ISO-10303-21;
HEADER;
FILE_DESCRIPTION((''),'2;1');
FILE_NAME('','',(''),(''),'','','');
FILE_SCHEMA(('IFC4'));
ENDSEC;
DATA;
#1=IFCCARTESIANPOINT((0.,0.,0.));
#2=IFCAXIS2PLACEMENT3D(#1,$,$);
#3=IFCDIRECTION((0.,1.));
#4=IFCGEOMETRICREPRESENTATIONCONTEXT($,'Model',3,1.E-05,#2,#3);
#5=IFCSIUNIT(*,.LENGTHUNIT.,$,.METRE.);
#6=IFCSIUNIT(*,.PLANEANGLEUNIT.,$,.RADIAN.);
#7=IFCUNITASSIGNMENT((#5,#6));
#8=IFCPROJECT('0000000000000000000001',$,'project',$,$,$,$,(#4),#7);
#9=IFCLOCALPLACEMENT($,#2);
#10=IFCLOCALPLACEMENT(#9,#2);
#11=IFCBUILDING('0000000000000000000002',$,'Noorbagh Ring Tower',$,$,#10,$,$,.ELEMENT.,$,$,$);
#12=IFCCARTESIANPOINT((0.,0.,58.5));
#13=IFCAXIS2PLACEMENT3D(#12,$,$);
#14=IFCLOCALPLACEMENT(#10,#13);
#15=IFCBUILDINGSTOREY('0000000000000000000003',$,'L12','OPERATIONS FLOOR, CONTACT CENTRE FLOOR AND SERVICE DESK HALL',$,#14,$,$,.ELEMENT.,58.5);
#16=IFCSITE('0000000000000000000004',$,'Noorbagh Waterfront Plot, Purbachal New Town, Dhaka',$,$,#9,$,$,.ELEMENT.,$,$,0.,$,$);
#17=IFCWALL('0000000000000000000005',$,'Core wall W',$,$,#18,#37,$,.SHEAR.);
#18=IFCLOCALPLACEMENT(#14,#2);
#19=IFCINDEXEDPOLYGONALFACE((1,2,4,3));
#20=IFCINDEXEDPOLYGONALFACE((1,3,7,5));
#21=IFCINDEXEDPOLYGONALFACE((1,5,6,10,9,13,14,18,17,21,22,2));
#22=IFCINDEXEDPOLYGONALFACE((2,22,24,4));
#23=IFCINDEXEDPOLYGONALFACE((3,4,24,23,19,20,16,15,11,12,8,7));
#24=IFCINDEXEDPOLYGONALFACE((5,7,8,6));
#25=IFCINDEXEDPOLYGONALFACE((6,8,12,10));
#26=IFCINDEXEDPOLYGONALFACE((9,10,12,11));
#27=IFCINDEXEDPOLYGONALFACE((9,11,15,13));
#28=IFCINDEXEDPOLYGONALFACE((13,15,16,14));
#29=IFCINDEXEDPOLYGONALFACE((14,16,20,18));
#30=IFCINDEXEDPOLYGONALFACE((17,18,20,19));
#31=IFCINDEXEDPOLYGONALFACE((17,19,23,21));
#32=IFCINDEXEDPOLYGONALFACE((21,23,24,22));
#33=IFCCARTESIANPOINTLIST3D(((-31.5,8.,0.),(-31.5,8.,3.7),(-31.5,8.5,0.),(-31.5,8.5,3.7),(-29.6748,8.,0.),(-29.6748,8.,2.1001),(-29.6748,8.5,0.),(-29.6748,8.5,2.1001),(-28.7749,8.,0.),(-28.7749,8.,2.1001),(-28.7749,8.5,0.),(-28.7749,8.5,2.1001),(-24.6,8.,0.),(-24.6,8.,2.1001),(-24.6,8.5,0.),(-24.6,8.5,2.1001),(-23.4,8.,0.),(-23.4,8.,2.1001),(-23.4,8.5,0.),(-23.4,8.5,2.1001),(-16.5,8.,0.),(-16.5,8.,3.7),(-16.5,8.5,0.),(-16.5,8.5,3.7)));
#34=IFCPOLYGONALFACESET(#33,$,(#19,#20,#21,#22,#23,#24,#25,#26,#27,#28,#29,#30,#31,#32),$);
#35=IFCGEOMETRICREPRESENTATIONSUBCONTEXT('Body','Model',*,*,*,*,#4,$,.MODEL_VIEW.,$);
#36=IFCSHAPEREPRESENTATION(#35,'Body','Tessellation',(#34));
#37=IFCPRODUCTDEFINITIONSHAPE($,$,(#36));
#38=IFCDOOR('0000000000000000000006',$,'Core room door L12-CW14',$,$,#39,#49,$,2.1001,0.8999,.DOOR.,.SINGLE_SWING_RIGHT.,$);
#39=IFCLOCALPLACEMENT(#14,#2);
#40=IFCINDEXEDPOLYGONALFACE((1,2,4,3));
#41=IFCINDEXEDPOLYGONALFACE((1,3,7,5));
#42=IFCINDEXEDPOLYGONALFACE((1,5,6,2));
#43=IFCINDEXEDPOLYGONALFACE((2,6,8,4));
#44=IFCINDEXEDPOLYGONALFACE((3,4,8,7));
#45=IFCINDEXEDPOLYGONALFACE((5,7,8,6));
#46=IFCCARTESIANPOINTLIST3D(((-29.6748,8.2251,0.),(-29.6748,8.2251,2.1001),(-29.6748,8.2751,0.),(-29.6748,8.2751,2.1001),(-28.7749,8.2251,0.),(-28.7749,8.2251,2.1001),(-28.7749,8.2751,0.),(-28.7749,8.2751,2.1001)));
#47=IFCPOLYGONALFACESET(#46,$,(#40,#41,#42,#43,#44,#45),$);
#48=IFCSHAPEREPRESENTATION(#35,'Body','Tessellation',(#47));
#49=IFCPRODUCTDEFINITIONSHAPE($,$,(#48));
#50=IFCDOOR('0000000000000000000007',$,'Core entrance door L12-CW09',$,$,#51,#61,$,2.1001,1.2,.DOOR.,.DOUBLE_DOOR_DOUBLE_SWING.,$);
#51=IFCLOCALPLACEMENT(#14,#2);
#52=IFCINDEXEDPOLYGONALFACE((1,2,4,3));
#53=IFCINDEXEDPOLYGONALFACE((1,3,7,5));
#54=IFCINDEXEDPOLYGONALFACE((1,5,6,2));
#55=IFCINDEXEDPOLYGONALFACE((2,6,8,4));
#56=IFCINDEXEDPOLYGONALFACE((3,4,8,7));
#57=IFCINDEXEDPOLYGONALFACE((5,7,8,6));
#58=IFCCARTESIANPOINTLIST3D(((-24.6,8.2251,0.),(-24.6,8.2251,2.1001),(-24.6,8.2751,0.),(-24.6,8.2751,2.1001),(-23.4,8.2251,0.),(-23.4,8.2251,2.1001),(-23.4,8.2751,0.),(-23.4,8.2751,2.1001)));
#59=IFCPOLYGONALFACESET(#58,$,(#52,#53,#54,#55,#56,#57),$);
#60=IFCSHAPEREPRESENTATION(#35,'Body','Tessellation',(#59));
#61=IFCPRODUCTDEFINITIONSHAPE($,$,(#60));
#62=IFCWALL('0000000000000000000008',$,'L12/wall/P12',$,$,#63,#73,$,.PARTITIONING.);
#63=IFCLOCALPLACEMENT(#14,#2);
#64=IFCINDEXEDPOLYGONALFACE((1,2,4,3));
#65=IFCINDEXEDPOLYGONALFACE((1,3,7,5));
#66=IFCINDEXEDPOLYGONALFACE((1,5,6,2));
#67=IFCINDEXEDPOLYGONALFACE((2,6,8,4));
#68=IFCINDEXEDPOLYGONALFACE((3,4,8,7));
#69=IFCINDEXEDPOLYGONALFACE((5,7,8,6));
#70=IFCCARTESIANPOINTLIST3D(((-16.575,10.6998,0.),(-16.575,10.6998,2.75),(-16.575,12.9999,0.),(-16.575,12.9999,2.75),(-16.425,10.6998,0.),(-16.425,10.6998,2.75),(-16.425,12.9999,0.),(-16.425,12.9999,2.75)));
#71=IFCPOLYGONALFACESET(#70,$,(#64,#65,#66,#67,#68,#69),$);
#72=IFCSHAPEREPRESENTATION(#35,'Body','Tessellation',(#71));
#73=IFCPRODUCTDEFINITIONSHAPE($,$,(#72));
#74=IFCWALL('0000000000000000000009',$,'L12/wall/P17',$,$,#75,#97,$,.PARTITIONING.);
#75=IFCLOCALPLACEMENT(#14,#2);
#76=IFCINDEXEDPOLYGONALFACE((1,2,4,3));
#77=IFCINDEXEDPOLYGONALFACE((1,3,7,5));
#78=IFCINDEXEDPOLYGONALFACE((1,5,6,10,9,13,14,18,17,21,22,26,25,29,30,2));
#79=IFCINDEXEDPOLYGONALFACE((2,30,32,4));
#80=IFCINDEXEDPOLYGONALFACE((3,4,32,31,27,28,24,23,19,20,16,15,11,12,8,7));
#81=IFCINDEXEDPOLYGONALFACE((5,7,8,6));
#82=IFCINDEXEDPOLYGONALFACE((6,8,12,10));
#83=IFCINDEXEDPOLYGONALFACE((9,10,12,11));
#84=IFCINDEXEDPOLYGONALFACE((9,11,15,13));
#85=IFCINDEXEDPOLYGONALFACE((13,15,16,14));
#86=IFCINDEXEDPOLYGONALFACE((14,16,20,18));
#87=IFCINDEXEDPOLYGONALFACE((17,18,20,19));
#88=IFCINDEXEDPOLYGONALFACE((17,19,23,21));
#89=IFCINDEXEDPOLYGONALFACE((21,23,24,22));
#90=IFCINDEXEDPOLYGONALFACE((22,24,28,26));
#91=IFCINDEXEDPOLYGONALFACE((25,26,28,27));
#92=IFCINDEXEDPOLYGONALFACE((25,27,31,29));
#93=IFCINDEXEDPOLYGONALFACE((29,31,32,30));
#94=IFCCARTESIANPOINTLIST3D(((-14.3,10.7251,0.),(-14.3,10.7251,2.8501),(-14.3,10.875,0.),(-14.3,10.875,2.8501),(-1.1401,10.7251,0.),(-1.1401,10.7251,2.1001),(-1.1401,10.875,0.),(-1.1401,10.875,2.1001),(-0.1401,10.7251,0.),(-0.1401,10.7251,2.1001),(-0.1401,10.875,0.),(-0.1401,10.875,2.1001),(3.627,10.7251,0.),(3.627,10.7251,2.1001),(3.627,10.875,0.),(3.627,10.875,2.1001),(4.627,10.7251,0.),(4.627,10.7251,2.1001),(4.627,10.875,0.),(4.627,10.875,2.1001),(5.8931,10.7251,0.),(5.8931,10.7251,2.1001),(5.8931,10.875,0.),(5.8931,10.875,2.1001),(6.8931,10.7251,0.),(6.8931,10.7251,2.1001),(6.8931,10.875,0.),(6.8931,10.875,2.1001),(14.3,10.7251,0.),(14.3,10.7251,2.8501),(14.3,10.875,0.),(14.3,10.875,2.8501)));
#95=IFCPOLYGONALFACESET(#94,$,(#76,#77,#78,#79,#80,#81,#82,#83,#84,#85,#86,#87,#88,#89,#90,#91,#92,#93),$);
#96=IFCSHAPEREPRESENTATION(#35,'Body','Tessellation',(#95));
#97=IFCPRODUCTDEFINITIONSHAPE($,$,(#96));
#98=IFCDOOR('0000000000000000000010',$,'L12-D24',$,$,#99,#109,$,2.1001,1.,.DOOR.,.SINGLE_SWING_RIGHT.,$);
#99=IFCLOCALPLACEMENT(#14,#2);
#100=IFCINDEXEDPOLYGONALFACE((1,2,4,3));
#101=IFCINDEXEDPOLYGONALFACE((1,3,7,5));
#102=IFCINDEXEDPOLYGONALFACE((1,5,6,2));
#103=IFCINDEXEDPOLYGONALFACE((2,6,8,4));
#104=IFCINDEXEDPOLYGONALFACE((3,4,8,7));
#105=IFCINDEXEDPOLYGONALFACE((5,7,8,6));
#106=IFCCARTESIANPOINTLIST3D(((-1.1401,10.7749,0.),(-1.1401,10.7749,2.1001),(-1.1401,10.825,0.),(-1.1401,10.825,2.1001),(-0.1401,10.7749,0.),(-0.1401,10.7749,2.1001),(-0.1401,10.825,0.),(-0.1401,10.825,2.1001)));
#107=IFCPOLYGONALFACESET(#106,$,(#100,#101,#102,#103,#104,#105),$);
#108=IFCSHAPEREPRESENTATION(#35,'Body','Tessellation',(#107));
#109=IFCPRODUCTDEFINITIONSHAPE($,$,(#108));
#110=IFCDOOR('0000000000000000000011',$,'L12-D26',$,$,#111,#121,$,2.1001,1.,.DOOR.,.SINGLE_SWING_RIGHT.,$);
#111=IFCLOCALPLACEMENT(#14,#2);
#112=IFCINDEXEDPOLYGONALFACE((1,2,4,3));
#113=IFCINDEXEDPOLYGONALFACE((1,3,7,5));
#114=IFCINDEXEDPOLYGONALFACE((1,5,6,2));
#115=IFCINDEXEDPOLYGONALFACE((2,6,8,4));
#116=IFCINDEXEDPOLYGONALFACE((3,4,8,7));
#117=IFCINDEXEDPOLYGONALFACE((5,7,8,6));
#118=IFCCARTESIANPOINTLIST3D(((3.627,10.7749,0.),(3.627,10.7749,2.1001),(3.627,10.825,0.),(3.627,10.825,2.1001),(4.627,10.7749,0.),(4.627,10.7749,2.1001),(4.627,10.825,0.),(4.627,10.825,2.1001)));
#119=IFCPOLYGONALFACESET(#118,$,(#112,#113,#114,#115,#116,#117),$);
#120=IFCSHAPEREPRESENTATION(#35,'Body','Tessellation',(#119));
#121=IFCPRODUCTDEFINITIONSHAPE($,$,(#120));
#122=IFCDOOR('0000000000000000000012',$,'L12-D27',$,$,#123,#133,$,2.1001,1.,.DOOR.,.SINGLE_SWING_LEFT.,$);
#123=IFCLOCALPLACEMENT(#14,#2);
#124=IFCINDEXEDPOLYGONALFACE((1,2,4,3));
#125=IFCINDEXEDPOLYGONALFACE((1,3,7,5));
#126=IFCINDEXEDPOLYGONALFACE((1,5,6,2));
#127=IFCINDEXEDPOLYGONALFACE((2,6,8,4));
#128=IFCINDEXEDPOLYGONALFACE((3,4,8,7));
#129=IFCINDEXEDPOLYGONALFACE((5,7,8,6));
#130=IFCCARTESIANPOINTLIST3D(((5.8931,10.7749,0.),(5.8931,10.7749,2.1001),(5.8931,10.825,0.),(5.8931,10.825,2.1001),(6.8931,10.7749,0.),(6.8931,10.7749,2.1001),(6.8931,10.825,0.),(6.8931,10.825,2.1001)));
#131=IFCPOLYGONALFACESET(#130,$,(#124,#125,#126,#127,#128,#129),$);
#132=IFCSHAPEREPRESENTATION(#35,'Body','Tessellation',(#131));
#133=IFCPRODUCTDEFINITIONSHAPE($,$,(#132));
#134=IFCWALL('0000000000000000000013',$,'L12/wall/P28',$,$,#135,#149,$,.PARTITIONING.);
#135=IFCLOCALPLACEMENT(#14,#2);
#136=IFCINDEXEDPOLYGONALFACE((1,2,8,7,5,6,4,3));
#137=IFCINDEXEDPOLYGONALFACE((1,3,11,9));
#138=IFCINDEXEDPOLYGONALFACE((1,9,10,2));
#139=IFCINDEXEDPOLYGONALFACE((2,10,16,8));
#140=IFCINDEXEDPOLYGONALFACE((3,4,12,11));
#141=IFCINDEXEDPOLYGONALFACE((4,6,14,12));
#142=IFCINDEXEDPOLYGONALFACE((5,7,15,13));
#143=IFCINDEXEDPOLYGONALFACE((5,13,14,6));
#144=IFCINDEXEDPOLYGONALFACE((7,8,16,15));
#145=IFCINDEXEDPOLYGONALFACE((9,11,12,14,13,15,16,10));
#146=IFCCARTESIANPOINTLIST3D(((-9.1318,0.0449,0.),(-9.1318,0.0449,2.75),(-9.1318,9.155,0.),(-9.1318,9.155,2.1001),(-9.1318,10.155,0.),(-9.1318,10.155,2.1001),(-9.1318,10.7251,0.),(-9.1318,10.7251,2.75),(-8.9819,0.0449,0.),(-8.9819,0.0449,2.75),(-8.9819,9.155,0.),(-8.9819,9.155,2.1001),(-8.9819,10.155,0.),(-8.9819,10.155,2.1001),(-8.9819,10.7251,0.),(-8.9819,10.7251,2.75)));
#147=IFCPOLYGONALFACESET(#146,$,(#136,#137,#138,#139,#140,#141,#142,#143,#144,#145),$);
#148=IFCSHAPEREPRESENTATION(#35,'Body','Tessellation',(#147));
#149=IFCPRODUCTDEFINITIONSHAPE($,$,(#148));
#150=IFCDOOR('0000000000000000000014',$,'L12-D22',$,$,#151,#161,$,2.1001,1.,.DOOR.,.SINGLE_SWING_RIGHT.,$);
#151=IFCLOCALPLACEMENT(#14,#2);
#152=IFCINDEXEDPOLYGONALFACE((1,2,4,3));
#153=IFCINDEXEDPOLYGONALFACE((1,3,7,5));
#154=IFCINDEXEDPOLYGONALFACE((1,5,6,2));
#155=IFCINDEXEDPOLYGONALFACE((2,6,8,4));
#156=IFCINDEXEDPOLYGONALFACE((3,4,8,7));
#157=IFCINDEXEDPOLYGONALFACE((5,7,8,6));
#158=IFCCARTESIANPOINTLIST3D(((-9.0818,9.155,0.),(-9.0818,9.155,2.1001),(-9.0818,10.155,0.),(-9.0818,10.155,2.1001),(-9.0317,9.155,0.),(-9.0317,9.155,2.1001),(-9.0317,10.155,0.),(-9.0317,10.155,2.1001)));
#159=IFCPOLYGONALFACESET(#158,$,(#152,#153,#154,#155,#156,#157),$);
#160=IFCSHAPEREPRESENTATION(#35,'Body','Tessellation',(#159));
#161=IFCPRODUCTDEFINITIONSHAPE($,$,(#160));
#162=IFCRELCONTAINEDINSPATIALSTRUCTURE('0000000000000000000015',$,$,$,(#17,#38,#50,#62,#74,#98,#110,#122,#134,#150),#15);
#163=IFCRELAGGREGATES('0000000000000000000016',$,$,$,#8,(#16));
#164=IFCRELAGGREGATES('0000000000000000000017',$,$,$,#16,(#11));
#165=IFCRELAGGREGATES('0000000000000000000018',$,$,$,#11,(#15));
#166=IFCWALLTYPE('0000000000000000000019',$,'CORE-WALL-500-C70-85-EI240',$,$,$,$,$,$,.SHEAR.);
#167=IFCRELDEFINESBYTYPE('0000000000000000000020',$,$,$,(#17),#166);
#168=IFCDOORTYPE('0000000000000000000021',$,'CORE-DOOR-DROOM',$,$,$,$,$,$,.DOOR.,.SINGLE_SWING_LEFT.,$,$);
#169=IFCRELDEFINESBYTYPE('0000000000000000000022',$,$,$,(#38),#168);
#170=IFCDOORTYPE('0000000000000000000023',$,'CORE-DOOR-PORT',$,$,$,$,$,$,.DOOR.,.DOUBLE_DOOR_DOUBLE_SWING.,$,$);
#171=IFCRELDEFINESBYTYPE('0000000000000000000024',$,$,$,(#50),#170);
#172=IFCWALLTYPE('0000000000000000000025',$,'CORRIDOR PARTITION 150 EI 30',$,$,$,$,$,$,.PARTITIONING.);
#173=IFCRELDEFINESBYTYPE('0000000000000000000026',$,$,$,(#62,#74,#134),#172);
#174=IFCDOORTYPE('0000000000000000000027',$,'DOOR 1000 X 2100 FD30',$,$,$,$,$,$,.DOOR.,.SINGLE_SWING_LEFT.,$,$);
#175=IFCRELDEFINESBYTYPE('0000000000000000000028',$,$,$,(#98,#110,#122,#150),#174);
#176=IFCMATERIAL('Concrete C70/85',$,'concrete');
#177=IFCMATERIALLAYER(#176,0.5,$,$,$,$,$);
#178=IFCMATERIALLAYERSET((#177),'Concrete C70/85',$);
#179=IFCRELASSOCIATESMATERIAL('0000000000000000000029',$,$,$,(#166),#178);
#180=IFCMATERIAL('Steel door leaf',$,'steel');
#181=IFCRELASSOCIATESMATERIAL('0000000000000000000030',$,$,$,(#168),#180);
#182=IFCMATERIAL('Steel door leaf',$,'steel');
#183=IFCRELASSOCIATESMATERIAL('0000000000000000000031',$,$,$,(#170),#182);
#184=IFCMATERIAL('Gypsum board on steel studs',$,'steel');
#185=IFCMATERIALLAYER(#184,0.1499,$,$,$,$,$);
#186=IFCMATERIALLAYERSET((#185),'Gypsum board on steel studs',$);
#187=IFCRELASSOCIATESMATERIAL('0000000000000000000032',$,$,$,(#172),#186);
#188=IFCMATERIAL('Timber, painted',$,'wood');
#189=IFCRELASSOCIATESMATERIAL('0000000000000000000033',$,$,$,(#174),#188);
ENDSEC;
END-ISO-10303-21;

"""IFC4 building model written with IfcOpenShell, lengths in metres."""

from ifc_helpers import new_model, si_unit, direction, frame, frame_2d, origin, place, context, subcontext, project, spatial, rectangle, extrude, material, layer, layer_set, type_object, element, fill, save


model = new_model("IFC4")

# Units and contexts
model_context = context("Model", 3, precision=1e-05, world=origin(), true_north=direction((0.0, 1.0)))
body_context = subcontext(model_context, "Body", "Model", "MODEL_VIEW")
ifc_project = project(units=[si_unit("LENGTHUNIT", "METRE"), si_unit("PLANEANGLEUNIT", "RADIAN")], contexts=[model_context])

# Site, building, storey
site_placement = place(None, origin())
site = spatial("IfcSite", under=ifc_project, at=site_placement, Name="Noorbagh Waterfront Plot, Purbachal New Town, Dhaka", CompositionType="ELEMENT", RefElevation=0.0)
building_placement = place(site_placement, origin())
building = spatial("IfcBuilding", under=site, at=building_placement, Name="Noorbagh Ring Tower", CompositionType="ELEMENT")
storey_placement = place(building_placement, frame((0.0, 0.0, 58.5)))
storey = spatial("IfcBuildingStorey", under=building, at=storey_placement, Name="L12", Description="OPERATIONS FLOOR, CONTACT CENTRE FLOOR AND SERVICE DESK HALL", CompositionType="ELEMENT", Elevation=58.5)

# Wall, openings, doors
ifc_material_1 = material(Name="Concrete C70/85", Category="concrete")
ifc_layer_1 = layer(ifc_material_1, 0.5)
ifc_layer_set_1 = layer_set([ifc_layer_1], Name="Concrete C70/85")
wall_type_1 = type_object("IfcWallType", Name="CORE-WALL-500-C70-85-EI240", PredefinedType="SHEAR", material=ifc_layer_set_1)
wall_1_placement = place(storey_placement, frame((-16.5, 8.25, 0.0), z_axis=(0.0, 0.0, 1.0), x_axis=(-1.0, 0.0, 0.0)))
wall_1 = element("IfcWall", 1, at=wall_1_placement, inside=storey, type_object=wall_type_1, Name="Core wall W", PredefinedType="SHEAR", context=body_context, shape_type="SweptSolid", body=[
    extrude(rectangle(XDim=15.0, YDim=0.5, at=frame_2d((7.5, 0.0))), origin(), (0.0, 0.0, 1.0), 3.7),
])
opening_1_placement = place(wall_1_placement, frame((6.8999, 0.0, 0.0)))
opening_1 = element("IfcOpeningElement", 2, at=opening_1_placement, cuts=wall_1, PredefinedType="OPENING", context=body_context, shape_type="SweptSolid", body=[
    extrude(rectangle(XDim=1.2, YDim=2.1001, at=frame_2d((0.6001, 1.05))), frame((0.0, 0.26, 0.0), z_axis=(0.0, -1.0, 0.0), x_axis=(1.0, 0.0, 0.0)), (0.0, 0.0, 1.0), 0.52),
])
opening_2_placement = place(wall_1_placement, frame((12.2749, 0.0, 0.0)))
opening_2 = element("IfcOpeningElement", 3, at=opening_2_placement, cuts=wall_1, PredefinedType="OPENING", context=body_context, shape_type="SweptSolid", body=[
    extrude(rectangle(XDim=0.8999, YDim=2.1001, at=frame_2d((0.45, 1.05))), frame((0.0, 0.26, 0.0), z_axis=(0.0, -1.0, 0.0), x_axis=(1.0, 0.0, 0.0)), (0.0, 0.0, 1.0), 0.52),
])
ifc_material_2 = material(Name="Steel door leaf", Category="steel")
door_type_1 = type_object("IfcDoorType", Name="CORE-DOOR-DROOM", OperationType="SINGLE_SWING_LEFT", PredefinedType="DOOR", material=ifc_material_2)
door_1_placement = place(opening_2_placement, origin())
door_1 = element("IfcDoor", 4, at=door_1_placement, inside=storey, type_object=door_type_1, Name="Core room door L12-CW14", OperationType="SINGLE_SWING_RIGHT", OverallHeight=2.1001, OverallWidth=0.8999, PredefinedType="DOOR", context=body_context, shape_type="SweptSolid", body=[
    extrude(rectangle(XDim=0.8999, YDim=2.1001, at=frame_2d((0.45, 1.05))), frame((0.0, 0.0249, 0.0), z_axis=(0.0, -1.0, 0.0), x_axis=(1.0, 0.0, 0.0)), (0.0, 0.0, 1.0), 0.05),
])
fill(opening_2, door_1)
ifc_material_3 = material(Name="Steel door leaf", Category="steel")
door_type_2 = type_object("IfcDoorType", Name="CORE-DOOR-PORT", OperationType="DOUBLE_DOOR_DOUBLE_SWING", PredefinedType="DOOR", material=ifc_material_3)
door_2_placement = place(opening_1_placement, origin())
door_2 = element("IfcDoor", 5, at=door_2_placement, inside=storey, type_object=door_type_2, Name="Core entrance door L12-CW09", OperationType="DOUBLE_DOOR_DOUBLE_SWING", OverallHeight=2.1001, OverallWidth=1.2, PredefinedType="DOOR", context=body_context, shape_type="SweptSolid", body=[
    extrude(rectangle(XDim=1.2, YDim=2.1001, at=frame_2d((0.6001, 1.05))), frame((0.0, 0.0249, 0.0), z_axis=(0.0, -1.0, 0.0), x_axis=(1.0, 0.0, 0.0)), (0.0, 0.0, 1.0), 0.05),
])
fill(opening_1, door_2)

# Wall
ifc_material_4 = material(Name="Gypsum board on steel studs", Category="steel")
ifc_layer_2 = layer(ifc_material_4, 0.1499)
ifc_layer_set_2 = layer_set([ifc_layer_2], Name="Gypsum board on steel studs")
wall_type_2 = type_object("IfcWallType", Name="CORRIDOR PARTITION 150 EI 30", PredefinedType="PARTITIONING", material=ifc_layer_set_2)
wall_2_placement = place(storey_placement, frame((-16.5, 10.7, 0.0), z_axis=(0.0, 0.0, 1.0), x_axis=(0.0, 1.0, 0.0)))
element("IfcWall", 6, at=wall_2_placement, inside=storey, type_object=wall_type_2, Name="L12/wall/P12", PredefinedType="PARTITIONING", context=body_context, shape_type="SweptSolid", body=[
    extrude(rectangle(XDim=2.3, YDim=0.1499, at=frame_2d((1.1499, 0.0))), origin(), (0.0, 0.0, 1.0), 2.75),
])

# Wall, openings, doors
wall_3_placement = place(storey_placement, frame((-14.3, 10.8, 0.0), z_axis=(0.0, 0.0, 1.0), x_axis=(1.0, 0.0, 0.0)))
wall_3 = element("IfcWall", 7, at=wall_3_placement, inside=storey, type_object=wall_type_2, Name="L12/wall/P17", PredefinedType="PARTITIONING", context=body_context, shape_type="SweptSolid", body=[
    extrude(rectangle(XDim=28.6001, YDim=0.1499, at=frame_2d((14.3, 0.0))), origin(), (0.0, 0.0, 1.0), 2.8501),
])
opening_3_placement = place(wall_3_placement, frame((13.1599, 0.0, 0.0)))
opening_3 = element("IfcOpeningElement", 8, at=opening_3_placement, cuts=wall_3, PredefinedType="OPENING", context=body_context, shape_type="SweptSolid", body=[
    extrude(rectangle(XDim=1.0, YDim=2.1001, at=frame_2d((0.5, 1.05))), frame((0.0, 0.085, 0.0), z_axis=(0.0, -1.0, 0.0), x_axis=(1.0, 0.0, 0.0)), (0.0, 0.0, 1.0), 0.1699),
])
opening_4_placement = place(wall_3_placement, frame((17.927, 0.0, 0.0)))
opening_4 = element("IfcOpeningElement", 9, at=opening_4_placement, cuts=wall_3, PredefinedType="OPENING", context=body_context, shape_type="SweptSolid", body=[
    extrude(rectangle(XDim=1.0, YDim=2.1001, at=frame_2d((0.5, 1.05))), frame((0.0, 0.085, 0.0), z_axis=(0.0, -1.0, 0.0), x_axis=(1.0, 0.0, 0.0)), (0.0, 0.0, 1.0), 0.1699),
])
opening_5_placement = place(wall_3_placement, frame((20.1931, 0.0, 0.0)))
opening_5 = element("IfcOpeningElement", 10, at=opening_5_placement, cuts=wall_3, PredefinedType="OPENING", context=body_context, shape_type="SweptSolid", body=[
    extrude(rectangle(XDim=1.0, YDim=2.1001, at=frame_2d((0.5, 1.05))), frame((0.0, 0.085, 0.0), z_axis=(0.0, -1.0, 0.0), x_axis=(1.0, 0.0, 0.0)), (0.0, 0.0, 1.0), 0.1699),
])
ifc_material_5 = material(Name="Timber, painted", Category="wood")
door_type_3 = type_object("IfcDoorType", Name="DOOR 1000 X 2100 FD30", OperationType="SINGLE_SWING_LEFT", PredefinedType="DOOR", material=ifc_material_5)
door_3_placement = place(opening_3_placement, origin())
door_3 = element("IfcDoor", 11, at=door_3_placement, inside=storey, type_object=door_type_3, Name="L12-D24", OperationType="SINGLE_SWING_RIGHT", OverallHeight=2.1001, OverallWidth=1.0, PredefinedType="DOOR", context=body_context, shape_type="SweptSolid", body=[
    extrude(rectangle(XDim=1.0, YDim=2.1001, at=frame_2d((0.5, 1.05))), frame((0.0, 0.0249, 0.0), z_axis=(0.0, -1.0, 0.0), x_axis=(1.0, 0.0, 0.0)), (0.0, 0.0, 1.0), 0.05),
])
fill(opening_3, door_3)
door_4_placement = place(opening_4_placement, origin())
door_4 = element("IfcDoor", 12, at=door_4_placement, inside=storey, type_object=door_type_3, Name="L12-D26", OperationType="SINGLE_SWING_RIGHT", OverallHeight=2.1001, OverallWidth=1.0, PredefinedType="DOOR", context=body_context, shape_type="SweptSolid", body=[
    extrude(rectangle(XDim=1.0, YDim=2.1001, at=frame_2d((0.5, 1.05))), frame((0.0, 0.0249, 0.0), z_axis=(0.0, -1.0, 0.0), x_axis=(1.0, 0.0, 0.0)), (0.0, 0.0, 1.0), 0.05),
])
fill(opening_4, door_4)
door_5_placement = place(opening_5_placement, origin())
door_5 = element("IfcDoor", 13, at=door_5_placement, inside=storey, type_object=door_type_3, Name="L12-D27", OperationType="SINGLE_SWING_LEFT", OverallHeight=2.1001, OverallWidth=1.0, PredefinedType="DOOR", context=body_context, shape_type="SweptSolid", body=[
    extrude(rectangle(XDim=1.0, YDim=2.1001, at=frame_2d((0.5, 1.05))), frame((0.0, 0.0249, 0.0), z_axis=(0.0, -1.0, 0.0), x_axis=(1.0, 0.0, 0.0)), (0.0, 0.0, 1.0), 0.05),
])
fill(opening_5, door_5)

# Wall, opening, door
wall_4_placement = place(storey_placement, frame((-9.0569, 0.0449, 0.0), z_axis=(0.0, 0.0, 1.0), x_axis=(0.0, 1.0, 0.0)))
wall_4 = element("IfcWall", 14, at=wall_4_placement, inside=storey, type_object=wall_type_2, Name="L12/wall/P28", PredefinedType="PARTITIONING", context=body_context, shape_type="SweptSolid", body=[
    extrude(rectangle(XDim=10.6802, YDim=0.1499, at=frame_2d((5.3401, 0.0))), origin(), (0.0, 0.0, 1.0), 2.75),
])
opening_6_placement = place(wall_4_placement, frame((9.1101, 0.0, 0.0)))
opening_6 = element("IfcOpeningElement", 15, at=opening_6_placement, cuts=wall_4, PredefinedType="OPENING", context=body_context, shape_type="SweptSolid", body=[
    extrude(rectangle(XDim=1.0, YDim=2.1001, at=frame_2d((0.5, 1.05))), frame((0.0, 0.085, 0.0), z_axis=(0.0, -1.0, 0.0), x_axis=(1.0, 0.0, 0.0)), (0.0, 0.0, 1.0), 0.1699),
])
door_6_placement = place(opening_6_placement, origin())
door_6 = element("IfcDoor", 16, at=door_6_placement, inside=storey, type_object=door_type_3, Name="L12-D22", OperationType="SINGLE_SWING_RIGHT", OverallHeight=2.1001, OverallWidth=1.0, PredefinedType="DOOR", context=body_context, shape_type="SweptSolid", body=[
    extrude(rectangle(XDim=1.0, YDim=2.1001, at=frame_2d((0.5, 1.05))), frame((0.0, 0.0249, 0.0), z_axis=(0.0, -1.0, 0.0), x_axis=(1.0, 0.0, 0.0)), (0.0, 0.0, 1.0), 0.05),
])
fill(opening_6, door_6)

save(model, "model.ifc")
